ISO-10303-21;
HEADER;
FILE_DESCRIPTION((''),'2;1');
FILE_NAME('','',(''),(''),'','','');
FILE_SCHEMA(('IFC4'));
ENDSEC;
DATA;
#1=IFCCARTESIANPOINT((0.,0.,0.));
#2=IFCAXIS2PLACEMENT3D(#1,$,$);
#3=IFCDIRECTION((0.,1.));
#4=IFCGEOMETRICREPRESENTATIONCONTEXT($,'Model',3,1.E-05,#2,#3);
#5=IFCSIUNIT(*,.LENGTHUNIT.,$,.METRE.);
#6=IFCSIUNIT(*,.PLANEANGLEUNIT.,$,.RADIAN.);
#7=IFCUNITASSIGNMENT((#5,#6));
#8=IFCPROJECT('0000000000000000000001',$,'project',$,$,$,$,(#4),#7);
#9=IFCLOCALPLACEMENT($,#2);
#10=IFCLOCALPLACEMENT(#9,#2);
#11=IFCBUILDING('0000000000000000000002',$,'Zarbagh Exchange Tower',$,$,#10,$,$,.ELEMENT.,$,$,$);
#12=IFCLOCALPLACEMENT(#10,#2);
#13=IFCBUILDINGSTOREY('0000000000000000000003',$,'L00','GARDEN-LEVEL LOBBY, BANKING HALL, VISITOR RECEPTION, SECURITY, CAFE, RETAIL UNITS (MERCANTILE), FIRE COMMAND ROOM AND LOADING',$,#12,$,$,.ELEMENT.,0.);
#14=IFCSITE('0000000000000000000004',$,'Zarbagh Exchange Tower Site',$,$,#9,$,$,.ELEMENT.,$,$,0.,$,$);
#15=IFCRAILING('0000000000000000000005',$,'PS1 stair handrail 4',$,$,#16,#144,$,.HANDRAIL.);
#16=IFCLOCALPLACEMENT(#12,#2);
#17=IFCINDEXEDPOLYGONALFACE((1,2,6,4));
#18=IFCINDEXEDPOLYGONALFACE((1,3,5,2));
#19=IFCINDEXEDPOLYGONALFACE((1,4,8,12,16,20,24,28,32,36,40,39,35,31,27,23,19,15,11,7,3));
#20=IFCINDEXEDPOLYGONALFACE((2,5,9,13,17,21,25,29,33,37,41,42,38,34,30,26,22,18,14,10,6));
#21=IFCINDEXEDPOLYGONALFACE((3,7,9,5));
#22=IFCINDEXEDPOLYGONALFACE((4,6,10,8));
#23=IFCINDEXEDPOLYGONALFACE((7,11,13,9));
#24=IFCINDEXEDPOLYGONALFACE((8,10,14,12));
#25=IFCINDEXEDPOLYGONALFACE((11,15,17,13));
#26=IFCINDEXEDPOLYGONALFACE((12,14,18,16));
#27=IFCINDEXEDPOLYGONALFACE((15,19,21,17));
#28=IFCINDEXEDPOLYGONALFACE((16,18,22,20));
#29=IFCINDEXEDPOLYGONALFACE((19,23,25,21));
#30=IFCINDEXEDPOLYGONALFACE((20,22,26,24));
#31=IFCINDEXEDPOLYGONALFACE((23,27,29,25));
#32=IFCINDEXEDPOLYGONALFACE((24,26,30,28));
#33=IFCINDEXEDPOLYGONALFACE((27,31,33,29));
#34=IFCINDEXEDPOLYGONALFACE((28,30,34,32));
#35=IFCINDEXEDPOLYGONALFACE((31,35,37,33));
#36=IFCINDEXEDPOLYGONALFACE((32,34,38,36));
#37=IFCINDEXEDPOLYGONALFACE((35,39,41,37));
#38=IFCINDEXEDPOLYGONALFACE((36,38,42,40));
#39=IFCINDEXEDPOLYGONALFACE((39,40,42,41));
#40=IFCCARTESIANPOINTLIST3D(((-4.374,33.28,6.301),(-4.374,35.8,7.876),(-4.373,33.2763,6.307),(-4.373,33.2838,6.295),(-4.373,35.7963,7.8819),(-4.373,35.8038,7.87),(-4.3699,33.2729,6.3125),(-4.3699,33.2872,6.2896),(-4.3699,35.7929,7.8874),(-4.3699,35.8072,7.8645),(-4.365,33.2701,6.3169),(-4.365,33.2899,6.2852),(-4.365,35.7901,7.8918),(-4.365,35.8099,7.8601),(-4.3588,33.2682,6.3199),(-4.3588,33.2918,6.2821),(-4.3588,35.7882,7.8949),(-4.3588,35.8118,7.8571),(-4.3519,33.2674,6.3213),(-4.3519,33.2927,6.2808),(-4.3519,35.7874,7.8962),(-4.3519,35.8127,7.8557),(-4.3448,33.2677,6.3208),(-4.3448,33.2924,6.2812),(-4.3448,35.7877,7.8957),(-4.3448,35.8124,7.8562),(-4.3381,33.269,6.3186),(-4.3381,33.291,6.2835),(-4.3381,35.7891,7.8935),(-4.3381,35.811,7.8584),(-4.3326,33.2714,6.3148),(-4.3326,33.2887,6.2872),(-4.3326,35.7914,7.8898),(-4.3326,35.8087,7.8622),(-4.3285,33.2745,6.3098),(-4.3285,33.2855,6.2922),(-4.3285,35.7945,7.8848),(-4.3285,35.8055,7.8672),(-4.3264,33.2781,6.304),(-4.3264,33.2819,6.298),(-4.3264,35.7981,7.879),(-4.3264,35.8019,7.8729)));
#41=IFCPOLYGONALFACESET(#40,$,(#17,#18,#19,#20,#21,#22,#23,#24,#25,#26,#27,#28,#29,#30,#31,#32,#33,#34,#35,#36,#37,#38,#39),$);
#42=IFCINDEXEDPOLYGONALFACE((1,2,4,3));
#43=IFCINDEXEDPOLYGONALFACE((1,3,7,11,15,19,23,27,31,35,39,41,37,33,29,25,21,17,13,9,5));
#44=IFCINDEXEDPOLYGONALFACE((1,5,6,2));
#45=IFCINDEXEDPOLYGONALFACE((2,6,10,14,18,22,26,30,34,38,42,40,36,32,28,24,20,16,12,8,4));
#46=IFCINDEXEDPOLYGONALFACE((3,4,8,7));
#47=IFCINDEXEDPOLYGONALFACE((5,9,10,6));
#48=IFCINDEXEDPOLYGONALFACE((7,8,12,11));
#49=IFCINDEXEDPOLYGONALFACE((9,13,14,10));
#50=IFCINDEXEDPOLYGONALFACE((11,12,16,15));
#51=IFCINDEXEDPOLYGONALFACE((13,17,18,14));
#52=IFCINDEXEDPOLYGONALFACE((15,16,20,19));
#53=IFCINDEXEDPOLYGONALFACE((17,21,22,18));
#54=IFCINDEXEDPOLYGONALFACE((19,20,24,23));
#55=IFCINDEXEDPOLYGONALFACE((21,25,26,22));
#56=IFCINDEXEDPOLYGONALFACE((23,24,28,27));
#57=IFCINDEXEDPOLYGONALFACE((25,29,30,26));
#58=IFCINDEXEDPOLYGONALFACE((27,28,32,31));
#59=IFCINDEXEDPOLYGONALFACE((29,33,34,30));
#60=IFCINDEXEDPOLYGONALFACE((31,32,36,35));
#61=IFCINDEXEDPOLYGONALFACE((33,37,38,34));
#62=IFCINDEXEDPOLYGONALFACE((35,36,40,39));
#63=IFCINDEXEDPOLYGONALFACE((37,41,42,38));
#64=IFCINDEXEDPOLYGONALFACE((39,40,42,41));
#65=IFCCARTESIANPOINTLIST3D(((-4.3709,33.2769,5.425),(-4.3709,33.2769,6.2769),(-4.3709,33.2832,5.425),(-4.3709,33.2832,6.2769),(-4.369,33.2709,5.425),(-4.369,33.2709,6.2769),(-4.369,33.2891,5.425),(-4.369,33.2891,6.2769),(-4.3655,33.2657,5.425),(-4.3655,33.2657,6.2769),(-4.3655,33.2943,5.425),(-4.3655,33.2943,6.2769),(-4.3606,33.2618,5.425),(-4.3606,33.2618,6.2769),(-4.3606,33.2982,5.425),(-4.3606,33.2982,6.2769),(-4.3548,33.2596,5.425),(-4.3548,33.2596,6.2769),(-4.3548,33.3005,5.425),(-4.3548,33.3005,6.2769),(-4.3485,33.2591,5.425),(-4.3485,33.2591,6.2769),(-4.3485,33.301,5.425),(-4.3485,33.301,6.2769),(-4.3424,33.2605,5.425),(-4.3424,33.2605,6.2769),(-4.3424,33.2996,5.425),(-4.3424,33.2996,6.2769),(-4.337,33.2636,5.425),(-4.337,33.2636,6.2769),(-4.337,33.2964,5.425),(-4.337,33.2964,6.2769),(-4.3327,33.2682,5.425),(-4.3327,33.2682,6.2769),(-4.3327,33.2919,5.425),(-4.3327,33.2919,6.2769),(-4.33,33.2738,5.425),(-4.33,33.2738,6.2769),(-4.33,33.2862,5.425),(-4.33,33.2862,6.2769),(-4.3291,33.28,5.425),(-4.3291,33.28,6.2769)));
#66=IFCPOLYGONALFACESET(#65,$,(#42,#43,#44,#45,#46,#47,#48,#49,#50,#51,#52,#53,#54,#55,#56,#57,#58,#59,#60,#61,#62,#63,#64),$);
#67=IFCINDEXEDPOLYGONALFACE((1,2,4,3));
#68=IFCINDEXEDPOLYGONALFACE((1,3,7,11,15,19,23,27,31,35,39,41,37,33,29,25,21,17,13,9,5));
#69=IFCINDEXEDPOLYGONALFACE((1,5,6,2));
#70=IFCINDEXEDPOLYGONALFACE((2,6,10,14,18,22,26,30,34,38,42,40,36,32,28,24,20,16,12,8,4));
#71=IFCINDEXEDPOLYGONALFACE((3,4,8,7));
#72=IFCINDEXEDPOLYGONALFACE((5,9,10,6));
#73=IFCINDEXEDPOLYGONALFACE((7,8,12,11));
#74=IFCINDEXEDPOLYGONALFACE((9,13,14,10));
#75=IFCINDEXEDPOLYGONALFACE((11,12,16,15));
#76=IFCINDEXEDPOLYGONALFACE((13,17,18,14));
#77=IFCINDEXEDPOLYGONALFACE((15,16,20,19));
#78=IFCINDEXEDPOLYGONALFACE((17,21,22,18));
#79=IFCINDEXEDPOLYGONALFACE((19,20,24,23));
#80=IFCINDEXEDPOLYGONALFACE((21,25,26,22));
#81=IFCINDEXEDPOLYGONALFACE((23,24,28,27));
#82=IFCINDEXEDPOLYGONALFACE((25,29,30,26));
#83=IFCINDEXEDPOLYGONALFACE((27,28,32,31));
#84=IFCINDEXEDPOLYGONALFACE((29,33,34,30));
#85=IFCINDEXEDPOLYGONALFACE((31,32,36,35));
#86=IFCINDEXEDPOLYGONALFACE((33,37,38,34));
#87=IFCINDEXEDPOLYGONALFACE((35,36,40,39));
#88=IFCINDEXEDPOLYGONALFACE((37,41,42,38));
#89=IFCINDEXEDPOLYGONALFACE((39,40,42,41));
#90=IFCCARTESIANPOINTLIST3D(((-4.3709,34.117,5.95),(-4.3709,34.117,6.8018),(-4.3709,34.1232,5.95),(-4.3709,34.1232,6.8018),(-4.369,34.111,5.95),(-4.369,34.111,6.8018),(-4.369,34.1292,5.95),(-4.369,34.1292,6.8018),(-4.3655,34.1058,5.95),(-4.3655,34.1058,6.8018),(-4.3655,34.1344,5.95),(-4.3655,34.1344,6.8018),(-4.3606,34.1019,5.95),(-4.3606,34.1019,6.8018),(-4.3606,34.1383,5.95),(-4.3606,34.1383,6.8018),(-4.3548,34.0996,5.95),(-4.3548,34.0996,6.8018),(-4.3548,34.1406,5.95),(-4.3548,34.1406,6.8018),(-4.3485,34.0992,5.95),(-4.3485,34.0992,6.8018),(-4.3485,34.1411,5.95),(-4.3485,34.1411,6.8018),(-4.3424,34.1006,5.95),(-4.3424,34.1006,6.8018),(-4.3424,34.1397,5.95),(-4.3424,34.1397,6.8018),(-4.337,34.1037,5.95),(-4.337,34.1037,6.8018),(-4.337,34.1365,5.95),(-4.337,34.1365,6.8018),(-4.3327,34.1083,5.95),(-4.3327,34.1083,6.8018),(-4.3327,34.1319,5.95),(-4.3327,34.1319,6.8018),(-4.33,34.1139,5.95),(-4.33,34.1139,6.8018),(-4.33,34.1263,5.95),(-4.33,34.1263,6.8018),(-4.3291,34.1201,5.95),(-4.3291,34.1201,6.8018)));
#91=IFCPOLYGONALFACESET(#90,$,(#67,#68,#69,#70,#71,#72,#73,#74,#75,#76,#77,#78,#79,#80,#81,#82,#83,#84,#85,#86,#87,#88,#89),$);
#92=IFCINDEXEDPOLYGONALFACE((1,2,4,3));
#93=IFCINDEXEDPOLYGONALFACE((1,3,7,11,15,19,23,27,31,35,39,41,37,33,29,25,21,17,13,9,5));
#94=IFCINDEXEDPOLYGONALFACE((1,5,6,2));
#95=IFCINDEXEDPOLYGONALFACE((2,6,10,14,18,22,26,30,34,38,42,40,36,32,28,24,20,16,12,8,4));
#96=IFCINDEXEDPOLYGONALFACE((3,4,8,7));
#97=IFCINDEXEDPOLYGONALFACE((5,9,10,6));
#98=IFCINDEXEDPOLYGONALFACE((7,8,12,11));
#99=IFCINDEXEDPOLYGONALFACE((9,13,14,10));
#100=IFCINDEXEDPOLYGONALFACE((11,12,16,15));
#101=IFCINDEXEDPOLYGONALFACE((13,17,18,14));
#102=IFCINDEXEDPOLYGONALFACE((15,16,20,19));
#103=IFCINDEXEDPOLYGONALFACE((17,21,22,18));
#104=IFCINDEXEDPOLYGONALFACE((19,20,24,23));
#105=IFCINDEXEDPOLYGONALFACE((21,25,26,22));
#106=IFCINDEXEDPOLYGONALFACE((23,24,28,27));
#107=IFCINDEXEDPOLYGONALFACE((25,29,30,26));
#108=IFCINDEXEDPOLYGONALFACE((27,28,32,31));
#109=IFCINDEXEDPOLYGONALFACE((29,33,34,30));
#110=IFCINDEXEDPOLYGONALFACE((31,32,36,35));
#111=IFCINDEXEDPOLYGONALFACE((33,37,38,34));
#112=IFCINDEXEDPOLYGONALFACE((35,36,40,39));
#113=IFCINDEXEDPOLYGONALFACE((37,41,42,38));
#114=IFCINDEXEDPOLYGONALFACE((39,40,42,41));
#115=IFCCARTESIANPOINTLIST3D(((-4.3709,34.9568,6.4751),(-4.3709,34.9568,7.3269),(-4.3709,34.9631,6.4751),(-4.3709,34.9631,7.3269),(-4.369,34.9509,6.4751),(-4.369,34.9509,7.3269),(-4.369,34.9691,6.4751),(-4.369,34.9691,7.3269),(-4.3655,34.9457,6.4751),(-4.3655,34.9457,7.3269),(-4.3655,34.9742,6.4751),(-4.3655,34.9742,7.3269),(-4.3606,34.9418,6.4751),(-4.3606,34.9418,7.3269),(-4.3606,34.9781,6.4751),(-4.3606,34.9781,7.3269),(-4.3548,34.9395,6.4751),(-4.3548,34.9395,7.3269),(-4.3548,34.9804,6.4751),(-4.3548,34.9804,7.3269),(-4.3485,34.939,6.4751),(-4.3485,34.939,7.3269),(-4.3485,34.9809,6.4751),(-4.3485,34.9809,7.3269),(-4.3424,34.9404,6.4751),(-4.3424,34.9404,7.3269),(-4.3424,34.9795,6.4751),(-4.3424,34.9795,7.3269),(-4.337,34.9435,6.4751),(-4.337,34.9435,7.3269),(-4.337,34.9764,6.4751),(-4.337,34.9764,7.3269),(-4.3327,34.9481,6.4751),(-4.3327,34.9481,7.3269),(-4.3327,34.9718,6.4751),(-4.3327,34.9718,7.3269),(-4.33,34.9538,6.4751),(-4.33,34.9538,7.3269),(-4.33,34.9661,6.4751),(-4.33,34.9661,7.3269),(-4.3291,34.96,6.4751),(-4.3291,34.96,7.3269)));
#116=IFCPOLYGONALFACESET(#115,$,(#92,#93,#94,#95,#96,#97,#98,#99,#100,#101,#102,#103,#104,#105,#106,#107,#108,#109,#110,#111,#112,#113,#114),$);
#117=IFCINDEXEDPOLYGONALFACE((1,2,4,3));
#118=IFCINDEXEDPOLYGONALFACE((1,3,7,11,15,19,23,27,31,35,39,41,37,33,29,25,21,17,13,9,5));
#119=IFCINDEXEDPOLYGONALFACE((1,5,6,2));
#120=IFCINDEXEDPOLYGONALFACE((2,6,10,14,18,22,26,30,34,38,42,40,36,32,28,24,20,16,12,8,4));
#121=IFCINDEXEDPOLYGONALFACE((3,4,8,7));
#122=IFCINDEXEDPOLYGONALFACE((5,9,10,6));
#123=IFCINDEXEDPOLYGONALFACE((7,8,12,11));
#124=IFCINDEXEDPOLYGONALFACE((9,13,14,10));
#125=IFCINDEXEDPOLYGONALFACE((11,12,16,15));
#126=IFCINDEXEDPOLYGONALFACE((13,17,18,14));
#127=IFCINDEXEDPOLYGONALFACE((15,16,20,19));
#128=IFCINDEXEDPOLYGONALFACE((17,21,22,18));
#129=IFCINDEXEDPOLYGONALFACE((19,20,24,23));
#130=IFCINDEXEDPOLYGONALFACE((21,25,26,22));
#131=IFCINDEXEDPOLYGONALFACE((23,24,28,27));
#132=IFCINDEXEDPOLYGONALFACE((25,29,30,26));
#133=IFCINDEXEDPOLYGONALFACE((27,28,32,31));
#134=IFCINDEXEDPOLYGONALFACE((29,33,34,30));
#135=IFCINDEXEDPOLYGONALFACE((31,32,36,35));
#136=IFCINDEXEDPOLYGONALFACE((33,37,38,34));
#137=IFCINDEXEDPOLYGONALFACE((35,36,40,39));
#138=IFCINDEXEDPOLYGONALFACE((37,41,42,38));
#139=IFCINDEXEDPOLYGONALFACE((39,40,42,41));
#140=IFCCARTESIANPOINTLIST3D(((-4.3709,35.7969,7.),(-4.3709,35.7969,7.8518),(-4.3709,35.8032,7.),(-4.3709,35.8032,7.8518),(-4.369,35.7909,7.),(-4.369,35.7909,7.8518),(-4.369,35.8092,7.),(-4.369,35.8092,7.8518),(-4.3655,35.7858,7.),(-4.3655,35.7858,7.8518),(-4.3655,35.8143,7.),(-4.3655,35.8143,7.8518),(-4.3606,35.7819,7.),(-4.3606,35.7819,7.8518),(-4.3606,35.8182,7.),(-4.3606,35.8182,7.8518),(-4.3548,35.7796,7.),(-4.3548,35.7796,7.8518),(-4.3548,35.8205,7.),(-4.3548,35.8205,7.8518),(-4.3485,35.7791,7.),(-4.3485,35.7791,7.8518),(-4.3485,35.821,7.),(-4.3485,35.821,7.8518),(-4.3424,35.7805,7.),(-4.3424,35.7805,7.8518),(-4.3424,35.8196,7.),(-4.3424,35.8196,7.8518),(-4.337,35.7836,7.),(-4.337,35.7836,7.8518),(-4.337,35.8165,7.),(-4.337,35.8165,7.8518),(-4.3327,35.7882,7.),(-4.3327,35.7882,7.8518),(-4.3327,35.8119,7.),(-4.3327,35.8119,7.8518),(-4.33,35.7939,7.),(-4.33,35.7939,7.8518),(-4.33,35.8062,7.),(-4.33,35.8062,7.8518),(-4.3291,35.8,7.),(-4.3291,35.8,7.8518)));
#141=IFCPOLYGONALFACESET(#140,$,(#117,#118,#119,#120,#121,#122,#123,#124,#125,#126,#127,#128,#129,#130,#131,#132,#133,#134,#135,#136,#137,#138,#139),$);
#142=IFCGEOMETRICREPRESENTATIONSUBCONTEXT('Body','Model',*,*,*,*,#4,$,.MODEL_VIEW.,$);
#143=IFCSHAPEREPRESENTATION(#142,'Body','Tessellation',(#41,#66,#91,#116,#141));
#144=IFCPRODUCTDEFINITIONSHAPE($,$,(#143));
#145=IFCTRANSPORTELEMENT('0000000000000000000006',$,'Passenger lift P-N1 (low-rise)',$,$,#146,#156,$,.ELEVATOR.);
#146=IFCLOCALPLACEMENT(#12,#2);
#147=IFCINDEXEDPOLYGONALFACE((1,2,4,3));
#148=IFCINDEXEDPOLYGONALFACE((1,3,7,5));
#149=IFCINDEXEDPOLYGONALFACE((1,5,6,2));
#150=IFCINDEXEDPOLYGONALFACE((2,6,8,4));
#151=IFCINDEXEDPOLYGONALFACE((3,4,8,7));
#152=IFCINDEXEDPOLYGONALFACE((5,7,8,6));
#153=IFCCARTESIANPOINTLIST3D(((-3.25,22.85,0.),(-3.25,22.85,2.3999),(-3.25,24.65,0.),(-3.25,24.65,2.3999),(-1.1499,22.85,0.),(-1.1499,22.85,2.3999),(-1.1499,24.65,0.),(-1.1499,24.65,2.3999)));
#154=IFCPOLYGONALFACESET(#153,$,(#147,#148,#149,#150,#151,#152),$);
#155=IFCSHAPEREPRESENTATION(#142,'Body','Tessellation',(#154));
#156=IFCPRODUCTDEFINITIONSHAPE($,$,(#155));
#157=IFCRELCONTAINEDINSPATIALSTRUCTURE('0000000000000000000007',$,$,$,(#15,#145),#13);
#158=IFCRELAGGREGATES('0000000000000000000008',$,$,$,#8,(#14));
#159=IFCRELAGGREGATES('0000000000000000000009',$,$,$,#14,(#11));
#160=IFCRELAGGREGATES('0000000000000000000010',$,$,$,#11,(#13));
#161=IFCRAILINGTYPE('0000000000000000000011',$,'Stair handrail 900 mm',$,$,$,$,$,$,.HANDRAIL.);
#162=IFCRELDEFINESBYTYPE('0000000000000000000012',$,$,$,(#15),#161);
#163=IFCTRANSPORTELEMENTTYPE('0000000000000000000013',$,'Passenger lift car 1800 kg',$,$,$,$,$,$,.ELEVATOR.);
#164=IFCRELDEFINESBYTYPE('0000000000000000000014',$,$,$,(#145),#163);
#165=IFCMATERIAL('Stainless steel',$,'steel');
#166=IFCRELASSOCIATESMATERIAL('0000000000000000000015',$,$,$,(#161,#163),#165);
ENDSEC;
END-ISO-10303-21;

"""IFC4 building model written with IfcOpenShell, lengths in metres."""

from ifc_helpers import new_model, si_unit, direction, frame, origin, origin_2d, place, context, subcontext, project, spatial, rectangle, circle, extrude, material, type_object, element, save


model = new_model("IFC4")

# Units and contexts
model_context = context("Model", 3, precision=1e-05, world=origin(), true_north=direction((0.0, 1.0)))
body_context = subcontext(model_context, "Body", "Model", "MODEL_VIEW")
ifc_project = project(units=[si_unit("LENGTHUNIT", "METRE"), si_unit("PLANEANGLEUNIT", "RADIAN")], contexts=[model_context])

# Site, building, storey
site_placement = place(None, origin())
site = spatial("IfcSite", under=ifc_project, at=site_placement, Name="Zarbagh Exchange Tower Site", CompositionType="ELEMENT", RefElevation=0.0)
building_placement = place(site_placement, origin())
building = spatial("IfcBuilding", under=site, at=building_placement, Name="Zarbagh Exchange Tower", CompositionType="ELEMENT")
storey_placement = place(building_placement, origin())
storey = spatial("IfcBuildingStorey", under=building, at=storey_placement, Name="L00", Description="GARDEN-LEVEL LOBBY, BANKING HALL, VISITOR RECEPTION, SECURITY, CAFE, RETAIL UNITS (MERCANTILE), FIRE COMMAND ROOM AND LOADING", CompositionType="ELEMENT", Elevation=0.0)

# Shared definitions
ifc_material_1 = material(Name="Stainless steel", Category="steel")

# Railing
railing_type_1 = type_object("IfcRailingType", Name="Stair handrail 900 mm", PredefinedType="HANDRAIL", material=ifc_material_1)
for number, where, name in (
    (1, (-4.3501, 33.28, 5.425), "PS1 stair handrail 4"),
):
    element("IfcRailing", number, at=place(storey_placement, frame(where)), inside=storey, type_object=railing_type_1, Name=name, PredefinedType="HANDRAIL", context=body_context, shape_type="SweptSolid", body=[
        extrude(circle(Radius=0.0239, at=origin_2d()), frame((0.0, 0.0, 0.876), z_axis=(0.0, 0.848008, 0.529984), x_axis=(-1.0, 0.0, 0.0)), (0.0, 0.0, 1.0), 2.9717),
        extrude(circle(Radius=0.021, at=origin_2d()), origin(), (0.0, 0.0, 1.0), 0.8518),
        extrude(circle(Radius=0.021, at=origin_2d()), frame((0.0, 0.8401, 0.5249)), (0.0, 0.0, 1.0), 0.8518),
        extrude(circle(Radius=0.021, at=origin_2d()), frame((0.0, 1.6799, 1.05)), (0.0, 0.0, 1.0), 0.8518),
        extrude(circle(Radius=0.021, at=origin_2d()), frame((0.0, 2.52, 1.575)), (0.0, 0.0, 1.0), 0.8518),
    ])

# Transport element
transport_element_type = type_object("IfcTransportElementType", Name="Passenger lift car 1800 kg", PredefinedType="ELEVATOR", material=ifc_material_1)
transport_element_placement = place(storey_placement, frame((-2.2, 23.75, 0.0), z_axis=(0.0, 0.0, 1.0), x_axis=(1.0, 0.0, 0.0)))
element("IfcTransportElement", 2, at=transport_element_placement, inside=storey, type_object=transport_element_type, Name="Passenger lift P-N1 (low-rise)", PredefinedType="ELEVATOR", context=body_context, shape_type="SweptSolid", body=[
    extrude(rectangle(XDim=2.1001, YDim=1.8, at=origin_2d()), origin(), (0.0, 0.0, 1.0), 2.3999),
])

save(model, "model.ifc")
